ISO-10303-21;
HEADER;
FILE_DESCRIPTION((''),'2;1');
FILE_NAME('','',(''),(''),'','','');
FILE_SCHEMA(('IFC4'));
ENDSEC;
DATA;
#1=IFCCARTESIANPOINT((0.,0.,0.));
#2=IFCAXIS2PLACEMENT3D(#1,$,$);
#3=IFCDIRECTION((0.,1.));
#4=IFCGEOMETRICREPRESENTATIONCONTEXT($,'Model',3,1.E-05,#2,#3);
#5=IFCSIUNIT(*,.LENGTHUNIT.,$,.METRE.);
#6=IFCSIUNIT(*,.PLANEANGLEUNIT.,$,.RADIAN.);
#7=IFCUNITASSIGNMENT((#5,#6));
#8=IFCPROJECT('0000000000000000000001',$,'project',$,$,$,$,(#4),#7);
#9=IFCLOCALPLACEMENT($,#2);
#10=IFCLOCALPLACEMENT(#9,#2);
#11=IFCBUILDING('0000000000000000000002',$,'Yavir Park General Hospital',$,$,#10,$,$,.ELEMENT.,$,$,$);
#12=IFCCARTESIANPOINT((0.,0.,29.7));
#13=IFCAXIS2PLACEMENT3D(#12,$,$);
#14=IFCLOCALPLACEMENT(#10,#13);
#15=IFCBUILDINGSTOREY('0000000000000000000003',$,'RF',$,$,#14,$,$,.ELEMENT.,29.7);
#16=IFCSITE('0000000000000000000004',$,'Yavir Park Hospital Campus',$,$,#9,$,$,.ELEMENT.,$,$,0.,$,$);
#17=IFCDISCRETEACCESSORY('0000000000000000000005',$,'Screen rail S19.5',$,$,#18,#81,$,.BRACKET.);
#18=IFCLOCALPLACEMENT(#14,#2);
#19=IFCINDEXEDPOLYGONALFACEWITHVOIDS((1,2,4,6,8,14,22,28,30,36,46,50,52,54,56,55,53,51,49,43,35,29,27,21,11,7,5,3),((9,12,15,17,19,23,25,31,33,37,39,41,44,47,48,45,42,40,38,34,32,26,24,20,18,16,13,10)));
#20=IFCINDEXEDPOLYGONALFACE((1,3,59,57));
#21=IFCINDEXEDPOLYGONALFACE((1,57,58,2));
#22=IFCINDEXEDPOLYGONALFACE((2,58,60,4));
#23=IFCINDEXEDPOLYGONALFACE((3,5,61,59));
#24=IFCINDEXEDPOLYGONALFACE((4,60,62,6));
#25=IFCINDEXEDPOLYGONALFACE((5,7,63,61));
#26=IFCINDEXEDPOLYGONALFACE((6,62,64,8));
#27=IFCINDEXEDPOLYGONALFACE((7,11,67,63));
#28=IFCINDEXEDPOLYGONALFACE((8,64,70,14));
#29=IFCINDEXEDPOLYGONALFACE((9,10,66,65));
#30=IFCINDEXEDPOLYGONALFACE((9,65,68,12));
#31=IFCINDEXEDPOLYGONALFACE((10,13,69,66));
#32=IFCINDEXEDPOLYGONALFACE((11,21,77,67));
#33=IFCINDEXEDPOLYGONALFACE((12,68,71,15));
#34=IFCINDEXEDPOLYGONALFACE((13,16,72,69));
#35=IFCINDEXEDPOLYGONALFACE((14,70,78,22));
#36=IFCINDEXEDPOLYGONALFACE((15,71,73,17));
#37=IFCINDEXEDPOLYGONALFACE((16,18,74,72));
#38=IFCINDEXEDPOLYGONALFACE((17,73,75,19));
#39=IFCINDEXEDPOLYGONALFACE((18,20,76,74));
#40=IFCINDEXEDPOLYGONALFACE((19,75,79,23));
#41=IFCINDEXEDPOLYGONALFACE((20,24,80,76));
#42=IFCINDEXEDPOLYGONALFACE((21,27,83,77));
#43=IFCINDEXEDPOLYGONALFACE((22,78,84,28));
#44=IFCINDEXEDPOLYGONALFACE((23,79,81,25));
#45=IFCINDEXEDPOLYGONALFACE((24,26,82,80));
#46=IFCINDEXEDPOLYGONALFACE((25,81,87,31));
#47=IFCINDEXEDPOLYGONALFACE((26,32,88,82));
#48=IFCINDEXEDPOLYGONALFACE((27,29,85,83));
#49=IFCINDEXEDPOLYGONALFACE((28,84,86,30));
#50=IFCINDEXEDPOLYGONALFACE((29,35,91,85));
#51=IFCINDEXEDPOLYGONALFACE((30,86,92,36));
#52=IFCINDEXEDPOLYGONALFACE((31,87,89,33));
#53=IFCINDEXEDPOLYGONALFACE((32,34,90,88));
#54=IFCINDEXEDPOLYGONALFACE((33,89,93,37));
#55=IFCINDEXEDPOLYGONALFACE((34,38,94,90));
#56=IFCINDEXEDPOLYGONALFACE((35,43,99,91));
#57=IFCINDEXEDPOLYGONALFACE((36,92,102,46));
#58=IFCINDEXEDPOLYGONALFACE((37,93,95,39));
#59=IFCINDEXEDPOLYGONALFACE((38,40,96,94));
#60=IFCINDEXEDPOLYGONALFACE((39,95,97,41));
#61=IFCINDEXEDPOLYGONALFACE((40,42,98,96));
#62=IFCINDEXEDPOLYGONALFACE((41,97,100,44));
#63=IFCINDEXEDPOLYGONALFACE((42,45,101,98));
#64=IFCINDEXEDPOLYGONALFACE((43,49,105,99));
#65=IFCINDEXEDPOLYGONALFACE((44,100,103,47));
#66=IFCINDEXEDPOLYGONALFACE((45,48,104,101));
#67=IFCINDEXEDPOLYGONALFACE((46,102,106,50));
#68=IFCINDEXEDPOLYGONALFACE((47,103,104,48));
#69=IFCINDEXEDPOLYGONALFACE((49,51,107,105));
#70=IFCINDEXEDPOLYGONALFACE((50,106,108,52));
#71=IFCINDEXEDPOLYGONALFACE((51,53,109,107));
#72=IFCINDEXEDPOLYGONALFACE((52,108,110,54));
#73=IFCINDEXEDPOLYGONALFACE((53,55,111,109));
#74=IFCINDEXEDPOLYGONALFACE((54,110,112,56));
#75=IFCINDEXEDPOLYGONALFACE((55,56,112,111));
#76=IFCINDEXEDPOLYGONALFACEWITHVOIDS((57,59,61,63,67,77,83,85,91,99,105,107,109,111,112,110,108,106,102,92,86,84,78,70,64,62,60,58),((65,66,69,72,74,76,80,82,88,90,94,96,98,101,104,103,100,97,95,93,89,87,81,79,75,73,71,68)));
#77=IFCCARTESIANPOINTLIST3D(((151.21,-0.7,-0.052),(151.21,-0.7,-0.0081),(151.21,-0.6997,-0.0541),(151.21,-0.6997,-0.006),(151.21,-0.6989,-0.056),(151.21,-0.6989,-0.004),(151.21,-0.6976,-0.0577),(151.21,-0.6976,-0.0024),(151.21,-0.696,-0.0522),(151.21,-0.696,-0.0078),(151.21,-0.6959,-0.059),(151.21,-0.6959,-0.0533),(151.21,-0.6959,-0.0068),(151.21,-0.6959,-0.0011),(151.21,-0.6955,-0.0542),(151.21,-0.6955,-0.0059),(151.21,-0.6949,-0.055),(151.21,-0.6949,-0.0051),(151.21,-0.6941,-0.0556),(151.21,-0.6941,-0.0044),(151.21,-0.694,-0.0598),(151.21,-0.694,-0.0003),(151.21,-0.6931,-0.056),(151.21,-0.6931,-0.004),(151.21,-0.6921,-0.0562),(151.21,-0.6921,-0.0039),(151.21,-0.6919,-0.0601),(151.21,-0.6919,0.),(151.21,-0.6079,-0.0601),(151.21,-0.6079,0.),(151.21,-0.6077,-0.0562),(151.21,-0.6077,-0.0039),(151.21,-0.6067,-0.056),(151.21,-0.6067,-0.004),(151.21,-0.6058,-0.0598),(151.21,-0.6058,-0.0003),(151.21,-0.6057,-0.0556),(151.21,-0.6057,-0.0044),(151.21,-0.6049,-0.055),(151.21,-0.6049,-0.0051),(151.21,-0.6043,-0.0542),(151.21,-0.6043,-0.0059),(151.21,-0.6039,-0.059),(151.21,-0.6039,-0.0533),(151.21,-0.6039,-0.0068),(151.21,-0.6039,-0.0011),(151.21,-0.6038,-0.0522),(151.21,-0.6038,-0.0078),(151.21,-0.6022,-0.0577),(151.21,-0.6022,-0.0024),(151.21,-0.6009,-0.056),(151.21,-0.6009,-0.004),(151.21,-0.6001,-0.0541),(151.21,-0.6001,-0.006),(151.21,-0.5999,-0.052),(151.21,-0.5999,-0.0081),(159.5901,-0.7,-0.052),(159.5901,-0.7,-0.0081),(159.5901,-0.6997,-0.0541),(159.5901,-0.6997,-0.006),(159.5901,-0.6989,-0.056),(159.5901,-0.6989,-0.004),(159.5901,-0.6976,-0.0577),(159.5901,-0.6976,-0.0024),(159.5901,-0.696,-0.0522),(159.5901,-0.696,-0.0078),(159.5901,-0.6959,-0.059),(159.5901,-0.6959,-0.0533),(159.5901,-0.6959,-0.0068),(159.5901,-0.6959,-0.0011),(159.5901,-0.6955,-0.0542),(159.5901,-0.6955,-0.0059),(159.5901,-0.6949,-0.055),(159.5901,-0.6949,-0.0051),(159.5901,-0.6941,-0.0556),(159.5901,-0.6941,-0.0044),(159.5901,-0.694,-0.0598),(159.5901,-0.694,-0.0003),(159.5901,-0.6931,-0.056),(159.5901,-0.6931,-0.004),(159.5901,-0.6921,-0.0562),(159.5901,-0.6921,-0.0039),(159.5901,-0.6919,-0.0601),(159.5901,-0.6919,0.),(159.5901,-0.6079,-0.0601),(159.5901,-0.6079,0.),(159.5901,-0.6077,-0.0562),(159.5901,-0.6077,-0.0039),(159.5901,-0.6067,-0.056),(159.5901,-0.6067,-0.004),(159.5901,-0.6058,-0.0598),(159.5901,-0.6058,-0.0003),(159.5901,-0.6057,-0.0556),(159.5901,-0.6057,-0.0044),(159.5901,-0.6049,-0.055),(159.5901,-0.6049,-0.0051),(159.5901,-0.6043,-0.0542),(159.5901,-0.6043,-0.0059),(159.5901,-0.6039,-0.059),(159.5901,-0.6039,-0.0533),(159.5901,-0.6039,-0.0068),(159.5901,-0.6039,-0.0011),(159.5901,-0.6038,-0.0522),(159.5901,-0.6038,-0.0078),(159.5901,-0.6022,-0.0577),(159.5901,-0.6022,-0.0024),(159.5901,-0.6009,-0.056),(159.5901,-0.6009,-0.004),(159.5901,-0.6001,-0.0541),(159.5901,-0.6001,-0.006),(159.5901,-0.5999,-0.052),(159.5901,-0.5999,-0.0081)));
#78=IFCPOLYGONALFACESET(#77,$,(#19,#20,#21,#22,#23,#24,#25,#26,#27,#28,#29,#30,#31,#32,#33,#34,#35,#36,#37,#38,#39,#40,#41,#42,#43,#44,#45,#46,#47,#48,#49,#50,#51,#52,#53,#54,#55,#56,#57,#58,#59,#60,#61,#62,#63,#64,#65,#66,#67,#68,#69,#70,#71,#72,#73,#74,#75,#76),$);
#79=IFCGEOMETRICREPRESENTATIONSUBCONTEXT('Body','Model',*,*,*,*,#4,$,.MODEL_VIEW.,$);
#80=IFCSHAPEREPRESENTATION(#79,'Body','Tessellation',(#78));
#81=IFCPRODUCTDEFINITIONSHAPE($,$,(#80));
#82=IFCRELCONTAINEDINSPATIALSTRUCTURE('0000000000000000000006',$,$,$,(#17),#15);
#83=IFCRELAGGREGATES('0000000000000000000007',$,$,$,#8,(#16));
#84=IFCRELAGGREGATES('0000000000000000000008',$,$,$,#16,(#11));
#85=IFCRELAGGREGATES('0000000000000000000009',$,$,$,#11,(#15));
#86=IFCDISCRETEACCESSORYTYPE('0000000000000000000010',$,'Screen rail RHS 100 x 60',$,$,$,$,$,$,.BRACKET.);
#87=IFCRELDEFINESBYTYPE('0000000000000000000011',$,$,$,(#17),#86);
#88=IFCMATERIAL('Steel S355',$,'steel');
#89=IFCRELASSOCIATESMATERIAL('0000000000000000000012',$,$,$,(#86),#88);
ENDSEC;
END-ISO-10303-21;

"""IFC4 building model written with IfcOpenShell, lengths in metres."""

from ifc_helpers import new_model, si_unit, direction, frame, origin, origin_2d, place, context, subcontext, project, spatial, hollow_rectangle, extrude, material, material_profile, profile_set, type_object, element, save


model = new_model("IFC4")

# Units and contexts
model_context = context("Model", 3, precision=1e-05, world=origin(), true_north=direction((0.0, 1.0)))
body_context = subcontext(model_context, "Body", "Model", "MODEL_VIEW")
ifc_project = project(units=[si_unit("LENGTHUNIT", "METRE"), si_unit("PLANEANGLEUNIT", "RADIAN")], contexts=[model_context])

# Site, building, storey
site_placement = place(None, origin())
site = spatial("IfcSite", under=ifc_project, at=site_placement, Name="Yavir Park Hospital Campus", CompositionType="ELEMENT", RefElevation=0.0)
building_placement = place(site_placement, origin())
building = spatial("IfcBuilding", under=site, at=building_placement, Name="Yavir Park General Hospital", CompositionType="ELEMENT")
storey_placement = place(building_placement, frame((0.0, 0.0, 29.7)))
storey = spatial("IfcBuildingStorey", under=building, at=storey_placement, Name="RF", CompositionType="ELEMENT", Elevation=29.7)

# Discrete accessory
ifc_material_1 = material(Name="Steel S355", Category="steel")
ifc_material_profile_1 = material_profile(ifc_material_1, hollow_rectangle(XDim=0.1001, YDim=0.0601, WallThickness=0.0039, InnerFilletRadius=0.0039, OuterFilletRadius=0.0081, at=origin_2d()), Name="RHS60x100x4")
ifc_profile_set_1 = profile_set([ifc_material_profile_1], Name="Steel S355")
discrete_accessory_type_1 = type_object("IfcDiscreteAccessoryType", Name="Screen rail RHS 100 x 60", PredefinedType="BRACKET", material=ifc_profile_set_1)
discrete_accessory_1_placement = place(storey_placement, frame((151.21, -0.6499, -0.03), z_axis=(1.0, 0.0, 0.0), x_axis=(0.0, 1.0, 0.0)))
element("IfcDiscreteAccessory", 1, at=discrete_accessory_1_placement, inside=storey, type_object=discrete_accessory_type_1, Name="Screen rail S19.5", PredefinedType="BRACKET", context=body_context, shape_type="SweptSolid", body=[
    extrude(hollow_rectangle(XDim=0.1001, YDim=0.0601, WallThickness=0.0039, InnerFilletRadius=0.0039, OuterFilletRadius=0.0081, at=origin_2d()), origin(), (0.0, 0.0, 1.0), 8.3801),
])

save(model, "model.ifc")
